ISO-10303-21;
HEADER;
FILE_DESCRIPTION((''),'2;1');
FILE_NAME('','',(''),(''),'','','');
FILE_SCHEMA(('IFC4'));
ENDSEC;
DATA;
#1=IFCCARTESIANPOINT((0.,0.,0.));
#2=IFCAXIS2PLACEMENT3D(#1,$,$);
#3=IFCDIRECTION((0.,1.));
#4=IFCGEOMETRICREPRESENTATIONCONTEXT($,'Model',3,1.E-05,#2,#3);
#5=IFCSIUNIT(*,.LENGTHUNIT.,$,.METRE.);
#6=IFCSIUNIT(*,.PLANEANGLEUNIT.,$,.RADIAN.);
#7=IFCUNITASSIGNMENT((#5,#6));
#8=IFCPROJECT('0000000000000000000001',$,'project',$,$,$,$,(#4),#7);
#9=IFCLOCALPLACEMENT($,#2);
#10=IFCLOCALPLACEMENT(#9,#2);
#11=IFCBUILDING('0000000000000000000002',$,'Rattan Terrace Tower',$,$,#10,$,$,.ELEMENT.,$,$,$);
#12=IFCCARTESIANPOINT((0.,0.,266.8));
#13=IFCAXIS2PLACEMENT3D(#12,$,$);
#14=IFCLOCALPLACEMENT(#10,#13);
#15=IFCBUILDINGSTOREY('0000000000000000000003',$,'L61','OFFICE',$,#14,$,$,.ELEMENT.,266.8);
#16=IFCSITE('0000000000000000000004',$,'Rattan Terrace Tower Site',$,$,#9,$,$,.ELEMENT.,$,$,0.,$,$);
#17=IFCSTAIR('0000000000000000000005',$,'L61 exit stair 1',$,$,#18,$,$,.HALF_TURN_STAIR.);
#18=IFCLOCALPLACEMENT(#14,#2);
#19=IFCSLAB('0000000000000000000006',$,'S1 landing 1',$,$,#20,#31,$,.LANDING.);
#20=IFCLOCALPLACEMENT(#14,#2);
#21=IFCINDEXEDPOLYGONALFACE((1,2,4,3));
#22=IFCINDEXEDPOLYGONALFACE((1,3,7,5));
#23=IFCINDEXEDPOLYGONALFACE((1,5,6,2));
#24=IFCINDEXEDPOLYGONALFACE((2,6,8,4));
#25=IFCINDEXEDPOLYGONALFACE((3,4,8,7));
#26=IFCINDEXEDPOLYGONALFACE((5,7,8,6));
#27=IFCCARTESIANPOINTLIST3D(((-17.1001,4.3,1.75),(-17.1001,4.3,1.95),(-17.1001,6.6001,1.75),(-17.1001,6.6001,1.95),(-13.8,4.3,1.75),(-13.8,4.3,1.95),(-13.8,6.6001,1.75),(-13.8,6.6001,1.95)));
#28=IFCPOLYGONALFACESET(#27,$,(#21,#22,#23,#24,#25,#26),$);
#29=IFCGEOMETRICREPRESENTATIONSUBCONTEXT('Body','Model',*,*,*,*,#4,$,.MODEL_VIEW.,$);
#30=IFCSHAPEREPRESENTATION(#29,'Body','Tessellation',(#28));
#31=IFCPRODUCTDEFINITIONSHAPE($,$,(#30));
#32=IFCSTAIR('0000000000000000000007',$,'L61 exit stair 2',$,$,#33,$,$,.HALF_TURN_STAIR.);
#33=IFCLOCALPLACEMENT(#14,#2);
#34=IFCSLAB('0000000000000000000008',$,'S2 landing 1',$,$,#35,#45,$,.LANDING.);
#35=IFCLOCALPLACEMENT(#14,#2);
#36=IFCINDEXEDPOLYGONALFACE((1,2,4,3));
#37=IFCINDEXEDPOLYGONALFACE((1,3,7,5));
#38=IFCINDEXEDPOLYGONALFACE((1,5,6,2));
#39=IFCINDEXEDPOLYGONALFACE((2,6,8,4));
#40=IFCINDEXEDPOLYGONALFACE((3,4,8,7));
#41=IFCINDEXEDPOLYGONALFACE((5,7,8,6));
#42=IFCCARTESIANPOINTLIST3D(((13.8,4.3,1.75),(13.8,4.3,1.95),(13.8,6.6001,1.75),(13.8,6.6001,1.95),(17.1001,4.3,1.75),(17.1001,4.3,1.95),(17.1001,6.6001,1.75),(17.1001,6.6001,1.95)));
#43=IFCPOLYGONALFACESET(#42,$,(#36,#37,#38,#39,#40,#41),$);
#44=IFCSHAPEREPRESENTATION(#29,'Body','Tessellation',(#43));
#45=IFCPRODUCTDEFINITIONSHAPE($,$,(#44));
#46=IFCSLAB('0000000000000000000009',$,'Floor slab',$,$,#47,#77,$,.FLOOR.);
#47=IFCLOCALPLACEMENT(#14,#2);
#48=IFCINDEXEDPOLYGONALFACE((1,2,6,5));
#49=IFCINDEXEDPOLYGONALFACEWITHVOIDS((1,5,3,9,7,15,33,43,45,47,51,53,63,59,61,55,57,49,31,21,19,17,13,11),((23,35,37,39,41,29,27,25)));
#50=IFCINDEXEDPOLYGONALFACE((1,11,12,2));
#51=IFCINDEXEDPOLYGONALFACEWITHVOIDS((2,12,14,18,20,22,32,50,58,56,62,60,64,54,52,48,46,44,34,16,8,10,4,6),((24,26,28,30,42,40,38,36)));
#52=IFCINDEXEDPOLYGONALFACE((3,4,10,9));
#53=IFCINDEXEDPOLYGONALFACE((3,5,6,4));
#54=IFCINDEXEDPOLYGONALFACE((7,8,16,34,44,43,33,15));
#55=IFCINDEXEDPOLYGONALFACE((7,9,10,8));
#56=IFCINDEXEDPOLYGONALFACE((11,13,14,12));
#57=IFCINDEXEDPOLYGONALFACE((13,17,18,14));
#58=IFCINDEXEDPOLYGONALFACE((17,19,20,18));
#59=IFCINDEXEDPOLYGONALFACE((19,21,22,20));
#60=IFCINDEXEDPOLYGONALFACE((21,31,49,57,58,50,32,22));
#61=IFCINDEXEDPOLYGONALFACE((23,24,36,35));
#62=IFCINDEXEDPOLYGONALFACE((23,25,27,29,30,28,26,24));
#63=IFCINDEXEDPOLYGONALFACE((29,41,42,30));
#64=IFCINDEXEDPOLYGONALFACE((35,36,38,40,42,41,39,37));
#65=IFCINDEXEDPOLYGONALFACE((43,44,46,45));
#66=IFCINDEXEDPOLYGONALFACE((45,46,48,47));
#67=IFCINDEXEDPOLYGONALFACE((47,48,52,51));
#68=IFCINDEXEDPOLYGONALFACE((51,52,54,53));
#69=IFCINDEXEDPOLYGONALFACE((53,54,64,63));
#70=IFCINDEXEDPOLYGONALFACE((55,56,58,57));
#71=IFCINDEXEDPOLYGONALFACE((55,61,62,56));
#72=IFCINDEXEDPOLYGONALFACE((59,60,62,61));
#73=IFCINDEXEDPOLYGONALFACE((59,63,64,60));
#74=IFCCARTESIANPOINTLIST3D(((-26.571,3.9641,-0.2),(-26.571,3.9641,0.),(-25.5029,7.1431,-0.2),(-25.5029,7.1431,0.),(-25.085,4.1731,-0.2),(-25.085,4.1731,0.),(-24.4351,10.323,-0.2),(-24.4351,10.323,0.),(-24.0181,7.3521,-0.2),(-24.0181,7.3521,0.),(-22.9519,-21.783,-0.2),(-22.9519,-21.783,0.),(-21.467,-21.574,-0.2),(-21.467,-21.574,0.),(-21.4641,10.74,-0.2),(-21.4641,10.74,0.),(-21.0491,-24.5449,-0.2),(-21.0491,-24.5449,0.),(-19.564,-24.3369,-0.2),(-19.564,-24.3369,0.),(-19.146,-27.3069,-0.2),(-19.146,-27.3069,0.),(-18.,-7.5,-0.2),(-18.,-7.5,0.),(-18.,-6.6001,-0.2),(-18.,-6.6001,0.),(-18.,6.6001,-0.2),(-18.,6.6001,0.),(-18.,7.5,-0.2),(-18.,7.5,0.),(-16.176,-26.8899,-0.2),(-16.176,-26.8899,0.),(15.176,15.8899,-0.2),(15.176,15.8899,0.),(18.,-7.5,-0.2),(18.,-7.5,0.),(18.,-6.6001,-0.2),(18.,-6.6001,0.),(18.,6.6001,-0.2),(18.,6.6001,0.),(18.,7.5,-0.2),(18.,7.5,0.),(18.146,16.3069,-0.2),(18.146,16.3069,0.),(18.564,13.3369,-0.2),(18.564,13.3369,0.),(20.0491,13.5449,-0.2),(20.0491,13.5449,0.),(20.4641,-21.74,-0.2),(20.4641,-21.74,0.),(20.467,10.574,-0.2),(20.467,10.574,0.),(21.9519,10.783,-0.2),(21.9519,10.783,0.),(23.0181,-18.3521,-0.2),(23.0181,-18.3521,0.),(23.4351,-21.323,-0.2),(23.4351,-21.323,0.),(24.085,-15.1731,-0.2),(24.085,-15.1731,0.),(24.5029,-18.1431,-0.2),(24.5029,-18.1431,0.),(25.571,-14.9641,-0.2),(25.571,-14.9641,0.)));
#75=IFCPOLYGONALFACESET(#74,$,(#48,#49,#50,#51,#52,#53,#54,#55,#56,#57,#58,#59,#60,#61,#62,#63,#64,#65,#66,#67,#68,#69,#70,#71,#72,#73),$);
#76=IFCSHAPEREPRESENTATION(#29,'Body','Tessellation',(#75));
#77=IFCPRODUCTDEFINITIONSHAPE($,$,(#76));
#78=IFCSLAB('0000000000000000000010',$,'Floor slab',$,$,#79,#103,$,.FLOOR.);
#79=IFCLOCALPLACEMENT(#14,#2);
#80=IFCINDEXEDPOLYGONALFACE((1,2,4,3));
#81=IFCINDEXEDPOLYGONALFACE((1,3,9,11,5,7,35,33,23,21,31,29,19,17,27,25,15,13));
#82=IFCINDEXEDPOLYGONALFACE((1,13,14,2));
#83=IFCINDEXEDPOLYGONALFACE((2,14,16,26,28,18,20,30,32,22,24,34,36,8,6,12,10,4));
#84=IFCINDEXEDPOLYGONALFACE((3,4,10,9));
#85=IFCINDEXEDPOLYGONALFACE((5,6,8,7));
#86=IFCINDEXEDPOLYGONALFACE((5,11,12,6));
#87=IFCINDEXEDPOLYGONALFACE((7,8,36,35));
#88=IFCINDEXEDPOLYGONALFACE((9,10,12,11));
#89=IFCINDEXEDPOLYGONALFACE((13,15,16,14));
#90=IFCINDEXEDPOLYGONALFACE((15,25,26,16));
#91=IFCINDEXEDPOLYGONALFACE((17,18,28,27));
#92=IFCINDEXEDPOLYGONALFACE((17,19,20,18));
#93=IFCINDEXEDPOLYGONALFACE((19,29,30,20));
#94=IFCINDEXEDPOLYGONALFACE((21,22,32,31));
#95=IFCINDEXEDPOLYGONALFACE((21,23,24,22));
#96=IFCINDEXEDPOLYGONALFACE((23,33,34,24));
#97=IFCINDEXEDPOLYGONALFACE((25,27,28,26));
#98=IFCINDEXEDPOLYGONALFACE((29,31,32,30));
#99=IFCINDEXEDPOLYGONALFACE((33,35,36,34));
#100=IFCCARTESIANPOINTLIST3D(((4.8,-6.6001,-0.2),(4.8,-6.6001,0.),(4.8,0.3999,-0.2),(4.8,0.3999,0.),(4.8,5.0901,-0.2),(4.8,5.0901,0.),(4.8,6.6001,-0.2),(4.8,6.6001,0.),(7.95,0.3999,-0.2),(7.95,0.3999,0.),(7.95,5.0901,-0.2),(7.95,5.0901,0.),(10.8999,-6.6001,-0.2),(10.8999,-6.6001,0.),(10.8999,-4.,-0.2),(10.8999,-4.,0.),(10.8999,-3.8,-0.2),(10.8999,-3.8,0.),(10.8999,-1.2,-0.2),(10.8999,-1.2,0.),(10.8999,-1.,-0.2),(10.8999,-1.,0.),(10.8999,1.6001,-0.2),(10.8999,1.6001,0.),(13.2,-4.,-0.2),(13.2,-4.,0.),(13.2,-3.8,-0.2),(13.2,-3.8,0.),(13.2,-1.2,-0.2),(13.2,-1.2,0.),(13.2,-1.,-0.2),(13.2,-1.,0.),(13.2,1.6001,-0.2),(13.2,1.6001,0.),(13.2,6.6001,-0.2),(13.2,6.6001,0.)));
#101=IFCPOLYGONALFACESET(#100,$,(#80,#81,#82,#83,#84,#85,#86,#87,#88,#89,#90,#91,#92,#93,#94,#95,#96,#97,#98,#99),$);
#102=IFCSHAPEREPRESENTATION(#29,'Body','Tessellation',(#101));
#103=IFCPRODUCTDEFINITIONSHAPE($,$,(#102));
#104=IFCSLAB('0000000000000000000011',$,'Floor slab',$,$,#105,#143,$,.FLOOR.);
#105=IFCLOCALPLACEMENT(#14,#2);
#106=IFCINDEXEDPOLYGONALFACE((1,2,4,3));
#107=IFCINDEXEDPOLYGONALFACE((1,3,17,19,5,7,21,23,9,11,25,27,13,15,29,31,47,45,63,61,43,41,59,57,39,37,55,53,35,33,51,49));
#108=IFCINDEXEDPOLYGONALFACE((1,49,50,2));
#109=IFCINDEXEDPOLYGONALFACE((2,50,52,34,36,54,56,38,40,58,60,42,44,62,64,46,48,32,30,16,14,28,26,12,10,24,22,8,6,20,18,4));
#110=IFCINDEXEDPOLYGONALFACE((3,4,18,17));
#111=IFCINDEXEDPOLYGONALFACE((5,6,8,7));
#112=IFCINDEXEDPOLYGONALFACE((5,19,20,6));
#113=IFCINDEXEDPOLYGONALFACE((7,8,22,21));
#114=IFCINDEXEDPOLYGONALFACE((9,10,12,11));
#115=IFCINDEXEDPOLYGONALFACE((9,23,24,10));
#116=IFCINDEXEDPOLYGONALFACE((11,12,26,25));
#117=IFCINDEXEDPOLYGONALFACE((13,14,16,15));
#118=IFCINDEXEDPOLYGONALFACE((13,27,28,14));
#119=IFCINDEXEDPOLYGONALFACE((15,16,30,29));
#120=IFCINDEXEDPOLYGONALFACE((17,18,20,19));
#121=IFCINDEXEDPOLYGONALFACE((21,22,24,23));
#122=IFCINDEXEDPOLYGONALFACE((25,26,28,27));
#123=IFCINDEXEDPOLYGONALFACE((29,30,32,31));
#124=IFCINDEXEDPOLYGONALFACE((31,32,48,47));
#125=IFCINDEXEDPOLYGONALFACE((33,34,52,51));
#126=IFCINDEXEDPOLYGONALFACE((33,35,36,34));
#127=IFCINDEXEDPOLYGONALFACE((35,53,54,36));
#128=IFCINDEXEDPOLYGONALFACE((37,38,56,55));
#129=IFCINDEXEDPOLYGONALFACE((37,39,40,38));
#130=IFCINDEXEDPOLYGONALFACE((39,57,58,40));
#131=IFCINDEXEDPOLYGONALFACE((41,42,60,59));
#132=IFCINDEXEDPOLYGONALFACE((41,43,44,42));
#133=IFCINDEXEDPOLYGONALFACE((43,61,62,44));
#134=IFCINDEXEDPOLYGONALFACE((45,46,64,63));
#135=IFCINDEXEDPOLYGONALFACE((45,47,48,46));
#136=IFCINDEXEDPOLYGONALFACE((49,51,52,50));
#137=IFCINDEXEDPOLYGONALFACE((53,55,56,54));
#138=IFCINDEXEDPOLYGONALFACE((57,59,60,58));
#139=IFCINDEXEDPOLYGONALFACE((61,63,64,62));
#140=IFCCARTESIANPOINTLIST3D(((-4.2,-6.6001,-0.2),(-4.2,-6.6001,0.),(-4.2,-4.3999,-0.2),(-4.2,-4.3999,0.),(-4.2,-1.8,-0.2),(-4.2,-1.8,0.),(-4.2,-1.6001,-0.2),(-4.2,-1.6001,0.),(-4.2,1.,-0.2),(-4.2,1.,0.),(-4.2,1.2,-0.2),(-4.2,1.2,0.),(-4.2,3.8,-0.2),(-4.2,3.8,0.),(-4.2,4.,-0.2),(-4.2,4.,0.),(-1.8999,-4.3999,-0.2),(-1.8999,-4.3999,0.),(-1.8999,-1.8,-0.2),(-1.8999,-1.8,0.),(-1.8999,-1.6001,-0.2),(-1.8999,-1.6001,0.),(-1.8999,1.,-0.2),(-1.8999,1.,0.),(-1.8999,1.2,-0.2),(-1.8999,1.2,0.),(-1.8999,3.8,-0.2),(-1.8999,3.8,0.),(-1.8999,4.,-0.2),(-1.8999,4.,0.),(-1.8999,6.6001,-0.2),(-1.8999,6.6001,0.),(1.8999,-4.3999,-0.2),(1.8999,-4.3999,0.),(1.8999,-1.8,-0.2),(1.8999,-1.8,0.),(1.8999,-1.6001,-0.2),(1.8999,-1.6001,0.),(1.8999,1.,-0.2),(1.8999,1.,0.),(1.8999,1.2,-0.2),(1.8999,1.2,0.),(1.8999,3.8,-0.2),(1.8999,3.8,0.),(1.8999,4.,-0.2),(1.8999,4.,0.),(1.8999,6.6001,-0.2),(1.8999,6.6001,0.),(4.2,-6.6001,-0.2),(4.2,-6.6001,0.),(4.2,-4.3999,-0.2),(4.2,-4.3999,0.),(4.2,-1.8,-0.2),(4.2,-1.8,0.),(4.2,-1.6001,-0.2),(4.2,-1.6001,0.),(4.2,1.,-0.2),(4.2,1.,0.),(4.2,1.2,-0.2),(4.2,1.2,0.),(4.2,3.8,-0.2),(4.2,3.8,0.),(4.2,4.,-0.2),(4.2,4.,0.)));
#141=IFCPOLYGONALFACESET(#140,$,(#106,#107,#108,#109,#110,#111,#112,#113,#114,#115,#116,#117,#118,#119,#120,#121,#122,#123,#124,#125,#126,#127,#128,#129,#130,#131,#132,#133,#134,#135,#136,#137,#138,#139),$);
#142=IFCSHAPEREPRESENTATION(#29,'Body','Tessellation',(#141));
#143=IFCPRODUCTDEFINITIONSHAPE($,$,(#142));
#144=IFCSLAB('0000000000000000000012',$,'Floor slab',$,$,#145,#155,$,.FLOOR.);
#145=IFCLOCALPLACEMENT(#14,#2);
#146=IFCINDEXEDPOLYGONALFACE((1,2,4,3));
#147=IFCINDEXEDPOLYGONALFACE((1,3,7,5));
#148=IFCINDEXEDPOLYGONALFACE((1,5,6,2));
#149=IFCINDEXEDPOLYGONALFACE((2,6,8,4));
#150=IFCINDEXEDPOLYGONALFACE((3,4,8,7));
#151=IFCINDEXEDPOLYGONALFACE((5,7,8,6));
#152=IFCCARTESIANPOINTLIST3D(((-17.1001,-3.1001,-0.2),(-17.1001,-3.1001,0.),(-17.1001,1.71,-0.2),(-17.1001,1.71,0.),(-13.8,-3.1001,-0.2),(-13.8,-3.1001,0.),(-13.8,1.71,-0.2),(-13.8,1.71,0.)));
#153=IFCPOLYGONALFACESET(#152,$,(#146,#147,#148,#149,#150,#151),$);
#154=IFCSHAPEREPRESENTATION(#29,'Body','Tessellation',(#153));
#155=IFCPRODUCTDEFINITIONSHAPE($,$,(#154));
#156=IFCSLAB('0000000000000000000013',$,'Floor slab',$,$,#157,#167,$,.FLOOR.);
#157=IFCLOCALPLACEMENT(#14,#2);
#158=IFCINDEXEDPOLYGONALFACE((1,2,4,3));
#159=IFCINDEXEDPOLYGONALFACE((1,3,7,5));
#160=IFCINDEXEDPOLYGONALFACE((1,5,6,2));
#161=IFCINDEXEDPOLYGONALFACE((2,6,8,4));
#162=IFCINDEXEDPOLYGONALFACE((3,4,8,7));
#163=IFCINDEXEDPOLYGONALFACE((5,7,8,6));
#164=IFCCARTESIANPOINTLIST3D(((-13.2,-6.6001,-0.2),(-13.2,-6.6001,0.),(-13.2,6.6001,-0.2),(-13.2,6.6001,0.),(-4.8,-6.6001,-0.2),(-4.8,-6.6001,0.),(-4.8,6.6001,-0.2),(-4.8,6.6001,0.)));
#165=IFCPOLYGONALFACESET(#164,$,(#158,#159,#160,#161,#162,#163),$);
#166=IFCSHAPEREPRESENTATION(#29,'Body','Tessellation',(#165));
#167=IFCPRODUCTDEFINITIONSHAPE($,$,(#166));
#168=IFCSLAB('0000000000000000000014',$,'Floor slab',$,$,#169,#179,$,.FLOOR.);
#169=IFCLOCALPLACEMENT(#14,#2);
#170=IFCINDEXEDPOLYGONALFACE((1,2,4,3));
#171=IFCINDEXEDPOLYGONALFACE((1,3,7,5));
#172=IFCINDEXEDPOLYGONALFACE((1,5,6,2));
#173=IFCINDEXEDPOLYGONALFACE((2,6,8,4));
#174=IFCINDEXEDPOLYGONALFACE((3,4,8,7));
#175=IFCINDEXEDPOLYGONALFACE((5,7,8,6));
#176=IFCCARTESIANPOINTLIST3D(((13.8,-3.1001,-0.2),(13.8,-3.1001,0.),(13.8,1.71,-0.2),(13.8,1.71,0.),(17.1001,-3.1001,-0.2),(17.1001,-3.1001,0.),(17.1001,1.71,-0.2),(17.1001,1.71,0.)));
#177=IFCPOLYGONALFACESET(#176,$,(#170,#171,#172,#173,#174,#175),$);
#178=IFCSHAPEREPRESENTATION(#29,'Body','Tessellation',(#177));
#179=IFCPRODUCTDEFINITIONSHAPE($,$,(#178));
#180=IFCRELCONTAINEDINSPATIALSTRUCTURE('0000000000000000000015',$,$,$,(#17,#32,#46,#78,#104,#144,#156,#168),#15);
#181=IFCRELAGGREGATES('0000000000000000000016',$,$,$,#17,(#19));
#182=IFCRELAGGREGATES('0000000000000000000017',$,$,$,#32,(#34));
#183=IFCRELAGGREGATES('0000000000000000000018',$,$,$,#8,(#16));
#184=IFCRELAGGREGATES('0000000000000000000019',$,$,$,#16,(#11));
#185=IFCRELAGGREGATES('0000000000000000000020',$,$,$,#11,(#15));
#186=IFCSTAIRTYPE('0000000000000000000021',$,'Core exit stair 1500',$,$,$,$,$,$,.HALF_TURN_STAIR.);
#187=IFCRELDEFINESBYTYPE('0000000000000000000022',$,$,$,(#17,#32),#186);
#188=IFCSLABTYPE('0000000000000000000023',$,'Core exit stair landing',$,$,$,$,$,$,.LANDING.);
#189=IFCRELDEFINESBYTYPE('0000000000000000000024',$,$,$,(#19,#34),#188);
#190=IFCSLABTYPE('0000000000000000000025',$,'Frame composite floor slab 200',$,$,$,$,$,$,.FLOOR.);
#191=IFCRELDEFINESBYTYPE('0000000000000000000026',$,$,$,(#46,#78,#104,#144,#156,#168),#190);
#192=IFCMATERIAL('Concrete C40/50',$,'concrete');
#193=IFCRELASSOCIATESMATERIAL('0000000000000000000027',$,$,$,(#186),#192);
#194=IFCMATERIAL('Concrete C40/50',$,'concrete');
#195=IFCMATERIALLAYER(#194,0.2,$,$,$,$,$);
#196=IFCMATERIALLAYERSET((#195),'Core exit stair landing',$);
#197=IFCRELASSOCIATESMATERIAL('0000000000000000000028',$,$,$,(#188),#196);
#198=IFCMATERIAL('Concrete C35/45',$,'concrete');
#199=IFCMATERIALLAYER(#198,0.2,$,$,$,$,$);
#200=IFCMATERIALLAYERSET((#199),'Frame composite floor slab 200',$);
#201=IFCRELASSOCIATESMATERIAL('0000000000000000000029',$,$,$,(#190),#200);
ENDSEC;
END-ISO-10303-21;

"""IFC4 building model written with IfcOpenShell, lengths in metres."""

from ifc_helpers import new_model, si_unit, direction, frame, origin, place, context, subcontext, project, spatial, polyline, outline, extrude, material, layer, layer_set, type_object, element, aggregate, save


model = new_model("IFC4")

# Units and contexts
model_context = context("Model", 3, precision=1e-05, world=origin(), true_north=direction((0.0, 1.0)))
body_context = subcontext(model_context, "Body", "Model", "MODEL_VIEW")
ifc_project = project(units=[si_unit("LENGTHUNIT", "METRE"), si_unit("PLANEANGLEUNIT", "RADIAN")], contexts=[model_context])

# Site, building, storey
site_placement = place(None, origin())
site = spatial("IfcSite", under=ifc_project, at=site_placement, Name="Rattan Terrace Tower Site", CompositionType="ELEMENT", RefElevation=0.0)
building_placement = place(site_placement, origin())
building = spatial("IfcBuilding", under=site, at=building_placement, Name="Rattan Terrace Tower", CompositionType="ELEMENT")
storey_placement = place(building_placement, frame((0.0, 0.0, 266.8)))
storey = spatial("IfcBuildingStorey", under=building, at=storey_placement, Name="L61", Description="OFFICE", CompositionType="ELEMENT", Elevation=266.8)

# Stairs, slabs
ifc_material_1 = material(Name="Concrete C40/50", Category="concrete")
stair_type = type_object("IfcStairType", Name="Core exit stair 1500", PredefinedType="HALF_TURN_STAIR", material=ifc_material_1)
stair_1_placement = place(storey_placement, origin())
stair_1 = element("IfcStair", 1, at=stair_1_placement, inside=storey, type_object=stair_type, Name="L61 exit stair 1", PredefinedType="HALF_TURN_STAIR")
ifc_material_2 = material(Name="Concrete C40/50", Category="concrete")
ifc_layer_1 = layer(ifc_material_2, 0.2)
ifc_layer_set_1 = layer_set([ifc_layer_1], Name="Core exit stair landing")
slab_type_1 = type_object("IfcSlabType", Name="Core exit stair landing", PredefinedType="LANDING", material=ifc_layer_set_1)
slab_1_placement = place(storey_placement, frame((0.0, 0.0, 1.75)))
slab_1 = element("IfcSlab", 2, at=slab_1_placement, type_object=slab_type_1, Name="S1 landing 1", PredefinedType="LANDING", context=body_context, shape_type="SweptSolid", body=[
    extrude(outline(polyline([(-13.8, 4.3), (-13.8, 6.6001), (-17.1001, 6.6001), (-17.1001, 4.3), (-13.8, 4.3)])), origin(), (0.0, 0.0, 1.0), 0.2),
])
aggregate(stair_1, [slab_1])
stair_2_placement = place(storey_placement, origin())
stair_2 = element("IfcStair", 3, at=stair_2_placement, inside=storey, type_object=stair_type, Name="L61 exit stair 2", PredefinedType="HALF_TURN_STAIR")
slab_2_placement = place(storey_placement, frame((0.0, 0.0, 1.75)))
slab_2 = element("IfcSlab", 4, at=slab_2_placement, type_object=slab_type_1, Name="S2 landing 1", PredefinedType="LANDING", context=body_context, shape_type="SweptSolid", body=[
    extrude(outline(polyline([(17.1001, 4.3), (17.1001, 6.6001), (13.8, 6.6001), (13.8, 4.3), (17.1001, 4.3)])), origin(), (0.0, 0.0, 1.0), 0.2),
])
aggregate(stair_2, [slab_2])

# Slabs
ifc_material_3 = material(Name="Concrete C35/45", Category="concrete")
ifc_layer_2 = layer(ifc_material_3, 0.2)
ifc_layer_set_2 = layer_set([ifc_layer_2], Name="Frame composite floor slab 200")
slab_type_2 = type_object("IfcSlabType", Name="Frame composite floor slab 200", PredefinedType="FLOOR", material=ifc_layer_set_2)
slab_3_placement = place(storey_placement, frame((0.0, 0.0, -0.2)))
element("IfcSlab", 5, at=slab_3_placement, inside=storey, type_object=slab_type_2, Name="Floor slab", PredefinedType="FLOOR", context=body_context, shape_type="SweptSolid", body=[
    extrude(outline(polyline([(-16.176, -26.8899), (20.4641, -21.74), (23.4351, -21.323), (23.0181, -18.3521), (24.5029, -18.1431), (24.085, -15.1731), (25.571, -14.9641), (21.9519, 10.783), (20.467, 10.574), (20.0491, 13.5449), (18.564, 13.3369), (18.146, 16.3069), (15.176, 15.8899), (-21.4641, 10.74), (-24.4351, 10.323), (-24.0181, 7.3521), (-25.5029, 7.1431), (-25.085, 4.1731), (-26.571, 3.9641), (-22.9519, -21.783), (-21.467, -21.574), (-21.0491, -24.5449), (-19.564, -24.3369), (-19.146, -27.3069), (-16.176, -26.8899)]), holes=[polyline([(-18.0, -7.5), (18.0, -7.5), (18.0, -6.6001), (18.0, 6.6001), (18.0, 7.5), (-18.0, 7.5), (-18.0, 6.6001), (-18.0, -6.6001), (-18.0, -7.5)])]), origin(), (0.0, 0.0, 1.0), 0.2),
])
slab_4_placement = place(storey_placement, frame((0.0, 0.0, -0.2)))
element("IfcSlab", 6, at=slab_4_placement, inside=storey, type_object=slab_type_2, Name="Floor slab", PredefinedType="FLOOR", context=body_context, shape_type="SweptSolid", body=[
    extrude(outline(polyline([(13.2, 6.6001), (4.8, 6.6001), (4.8, 5.0901), (7.95, 5.0901), (7.95, 0.3999), (4.8, 0.3999), (4.8, -6.6001), (10.8999, -6.6001), (10.8999, -4.0), (13.2, -4.0), (13.2, -3.8), (10.8999, -3.8), (10.8999, -1.2), (13.2, -1.2), (13.2, -1.0), (10.8999, -1.0), (10.8999, 1.6001), (13.2, 1.6001), (13.2, 6.6001)])), origin(), (0.0, 0.0, 1.0), 0.2),
])
slab_5_placement = place(storey_placement, frame((0.0, 0.0, -0.2)))
element("IfcSlab", 7, at=slab_5_placement, inside=storey, type_object=slab_type_2, Name="Floor slab", PredefinedType="FLOOR", context=body_context, shape_type="SweptSolid", body=[
    extrude(outline(polyline([(1.8999, 6.6001), (-1.8999, 6.6001), (-1.8999, 4.0), (-4.2, 4.0), (-4.2, 3.8), (-1.8999, 3.8), (-1.8999, 1.2), (-4.2, 1.2), (-4.2, 1.0), (-1.8999, 1.0), (-1.8999, -1.6001), (-4.2, -1.6001), (-4.2, -1.8), (-1.8999, -1.8), (-1.8999, -4.3999), (-4.2, -4.3999), (-4.2, -6.6001), (4.2, -6.6001), (4.2, -4.3999), (1.8999, -4.3999), (1.8999, -1.8), (4.2, -1.8), (4.2, -1.6001), (1.8999, -1.6001), (1.8999, 1.0), (4.2, 1.0), (4.2, 1.2), (1.8999, 1.2), (1.8999, 3.8), (4.2, 3.8), (4.2, 4.0), (1.8999, 4.0), (1.8999, 6.6001)])), origin(), (0.0, 0.0, 1.0), 0.2),
])
slab_6_placement = place(storey_placement, frame((0.0, 0.0, -0.2)))
element("IfcSlab", 8, at=slab_6_placement, inside=storey, type_object=slab_type_2, Name="Floor slab", PredefinedType="FLOOR", context=body_context, shape_type="SweptSolid", body=[
    extrude(outline(polyline([(-17.1001, -3.1001), (-13.8, -3.1001), (-13.8, 1.71), (-17.1001, 1.71), (-17.1001, -3.1001)])), origin(), (0.0, 0.0, 1.0), 0.2),
])
slab_7_placement = place(storey_placement, frame((0.0, 0.0, -0.2)))
element("IfcSlab", 9, at=slab_7_placement, inside=storey, type_object=slab_type_2, Name="Floor slab", PredefinedType="FLOOR", context=body_context, shape_type="SweptSolid", body=[
    extrude(outline(polyline([(-4.8, -6.6001), (-4.8, 6.6001), (-13.2, 6.6001), (-13.2, -6.6001), (-4.8, -6.6001)])), origin(), (0.0, 0.0, 1.0), 0.2),
])
slab_8_placement = place(storey_placement, frame((0.0, 0.0, -0.2)))
element("IfcSlab", 10, at=slab_8_placement, inside=storey, type_object=slab_type_2, Name="Floor slab", PredefinedType="FLOOR", context=body_context, shape_type="SweptSolid", body=[
    extrude(outline(polyline([(13.8, -3.1001), (17.1001, -3.1001), (17.1001, 1.71), (13.8, 1.71), (13.8, -3.1001)])), origin(), (0.0, 0.0, 1.0), 0.2),
])

save(model, "model.ifc")
